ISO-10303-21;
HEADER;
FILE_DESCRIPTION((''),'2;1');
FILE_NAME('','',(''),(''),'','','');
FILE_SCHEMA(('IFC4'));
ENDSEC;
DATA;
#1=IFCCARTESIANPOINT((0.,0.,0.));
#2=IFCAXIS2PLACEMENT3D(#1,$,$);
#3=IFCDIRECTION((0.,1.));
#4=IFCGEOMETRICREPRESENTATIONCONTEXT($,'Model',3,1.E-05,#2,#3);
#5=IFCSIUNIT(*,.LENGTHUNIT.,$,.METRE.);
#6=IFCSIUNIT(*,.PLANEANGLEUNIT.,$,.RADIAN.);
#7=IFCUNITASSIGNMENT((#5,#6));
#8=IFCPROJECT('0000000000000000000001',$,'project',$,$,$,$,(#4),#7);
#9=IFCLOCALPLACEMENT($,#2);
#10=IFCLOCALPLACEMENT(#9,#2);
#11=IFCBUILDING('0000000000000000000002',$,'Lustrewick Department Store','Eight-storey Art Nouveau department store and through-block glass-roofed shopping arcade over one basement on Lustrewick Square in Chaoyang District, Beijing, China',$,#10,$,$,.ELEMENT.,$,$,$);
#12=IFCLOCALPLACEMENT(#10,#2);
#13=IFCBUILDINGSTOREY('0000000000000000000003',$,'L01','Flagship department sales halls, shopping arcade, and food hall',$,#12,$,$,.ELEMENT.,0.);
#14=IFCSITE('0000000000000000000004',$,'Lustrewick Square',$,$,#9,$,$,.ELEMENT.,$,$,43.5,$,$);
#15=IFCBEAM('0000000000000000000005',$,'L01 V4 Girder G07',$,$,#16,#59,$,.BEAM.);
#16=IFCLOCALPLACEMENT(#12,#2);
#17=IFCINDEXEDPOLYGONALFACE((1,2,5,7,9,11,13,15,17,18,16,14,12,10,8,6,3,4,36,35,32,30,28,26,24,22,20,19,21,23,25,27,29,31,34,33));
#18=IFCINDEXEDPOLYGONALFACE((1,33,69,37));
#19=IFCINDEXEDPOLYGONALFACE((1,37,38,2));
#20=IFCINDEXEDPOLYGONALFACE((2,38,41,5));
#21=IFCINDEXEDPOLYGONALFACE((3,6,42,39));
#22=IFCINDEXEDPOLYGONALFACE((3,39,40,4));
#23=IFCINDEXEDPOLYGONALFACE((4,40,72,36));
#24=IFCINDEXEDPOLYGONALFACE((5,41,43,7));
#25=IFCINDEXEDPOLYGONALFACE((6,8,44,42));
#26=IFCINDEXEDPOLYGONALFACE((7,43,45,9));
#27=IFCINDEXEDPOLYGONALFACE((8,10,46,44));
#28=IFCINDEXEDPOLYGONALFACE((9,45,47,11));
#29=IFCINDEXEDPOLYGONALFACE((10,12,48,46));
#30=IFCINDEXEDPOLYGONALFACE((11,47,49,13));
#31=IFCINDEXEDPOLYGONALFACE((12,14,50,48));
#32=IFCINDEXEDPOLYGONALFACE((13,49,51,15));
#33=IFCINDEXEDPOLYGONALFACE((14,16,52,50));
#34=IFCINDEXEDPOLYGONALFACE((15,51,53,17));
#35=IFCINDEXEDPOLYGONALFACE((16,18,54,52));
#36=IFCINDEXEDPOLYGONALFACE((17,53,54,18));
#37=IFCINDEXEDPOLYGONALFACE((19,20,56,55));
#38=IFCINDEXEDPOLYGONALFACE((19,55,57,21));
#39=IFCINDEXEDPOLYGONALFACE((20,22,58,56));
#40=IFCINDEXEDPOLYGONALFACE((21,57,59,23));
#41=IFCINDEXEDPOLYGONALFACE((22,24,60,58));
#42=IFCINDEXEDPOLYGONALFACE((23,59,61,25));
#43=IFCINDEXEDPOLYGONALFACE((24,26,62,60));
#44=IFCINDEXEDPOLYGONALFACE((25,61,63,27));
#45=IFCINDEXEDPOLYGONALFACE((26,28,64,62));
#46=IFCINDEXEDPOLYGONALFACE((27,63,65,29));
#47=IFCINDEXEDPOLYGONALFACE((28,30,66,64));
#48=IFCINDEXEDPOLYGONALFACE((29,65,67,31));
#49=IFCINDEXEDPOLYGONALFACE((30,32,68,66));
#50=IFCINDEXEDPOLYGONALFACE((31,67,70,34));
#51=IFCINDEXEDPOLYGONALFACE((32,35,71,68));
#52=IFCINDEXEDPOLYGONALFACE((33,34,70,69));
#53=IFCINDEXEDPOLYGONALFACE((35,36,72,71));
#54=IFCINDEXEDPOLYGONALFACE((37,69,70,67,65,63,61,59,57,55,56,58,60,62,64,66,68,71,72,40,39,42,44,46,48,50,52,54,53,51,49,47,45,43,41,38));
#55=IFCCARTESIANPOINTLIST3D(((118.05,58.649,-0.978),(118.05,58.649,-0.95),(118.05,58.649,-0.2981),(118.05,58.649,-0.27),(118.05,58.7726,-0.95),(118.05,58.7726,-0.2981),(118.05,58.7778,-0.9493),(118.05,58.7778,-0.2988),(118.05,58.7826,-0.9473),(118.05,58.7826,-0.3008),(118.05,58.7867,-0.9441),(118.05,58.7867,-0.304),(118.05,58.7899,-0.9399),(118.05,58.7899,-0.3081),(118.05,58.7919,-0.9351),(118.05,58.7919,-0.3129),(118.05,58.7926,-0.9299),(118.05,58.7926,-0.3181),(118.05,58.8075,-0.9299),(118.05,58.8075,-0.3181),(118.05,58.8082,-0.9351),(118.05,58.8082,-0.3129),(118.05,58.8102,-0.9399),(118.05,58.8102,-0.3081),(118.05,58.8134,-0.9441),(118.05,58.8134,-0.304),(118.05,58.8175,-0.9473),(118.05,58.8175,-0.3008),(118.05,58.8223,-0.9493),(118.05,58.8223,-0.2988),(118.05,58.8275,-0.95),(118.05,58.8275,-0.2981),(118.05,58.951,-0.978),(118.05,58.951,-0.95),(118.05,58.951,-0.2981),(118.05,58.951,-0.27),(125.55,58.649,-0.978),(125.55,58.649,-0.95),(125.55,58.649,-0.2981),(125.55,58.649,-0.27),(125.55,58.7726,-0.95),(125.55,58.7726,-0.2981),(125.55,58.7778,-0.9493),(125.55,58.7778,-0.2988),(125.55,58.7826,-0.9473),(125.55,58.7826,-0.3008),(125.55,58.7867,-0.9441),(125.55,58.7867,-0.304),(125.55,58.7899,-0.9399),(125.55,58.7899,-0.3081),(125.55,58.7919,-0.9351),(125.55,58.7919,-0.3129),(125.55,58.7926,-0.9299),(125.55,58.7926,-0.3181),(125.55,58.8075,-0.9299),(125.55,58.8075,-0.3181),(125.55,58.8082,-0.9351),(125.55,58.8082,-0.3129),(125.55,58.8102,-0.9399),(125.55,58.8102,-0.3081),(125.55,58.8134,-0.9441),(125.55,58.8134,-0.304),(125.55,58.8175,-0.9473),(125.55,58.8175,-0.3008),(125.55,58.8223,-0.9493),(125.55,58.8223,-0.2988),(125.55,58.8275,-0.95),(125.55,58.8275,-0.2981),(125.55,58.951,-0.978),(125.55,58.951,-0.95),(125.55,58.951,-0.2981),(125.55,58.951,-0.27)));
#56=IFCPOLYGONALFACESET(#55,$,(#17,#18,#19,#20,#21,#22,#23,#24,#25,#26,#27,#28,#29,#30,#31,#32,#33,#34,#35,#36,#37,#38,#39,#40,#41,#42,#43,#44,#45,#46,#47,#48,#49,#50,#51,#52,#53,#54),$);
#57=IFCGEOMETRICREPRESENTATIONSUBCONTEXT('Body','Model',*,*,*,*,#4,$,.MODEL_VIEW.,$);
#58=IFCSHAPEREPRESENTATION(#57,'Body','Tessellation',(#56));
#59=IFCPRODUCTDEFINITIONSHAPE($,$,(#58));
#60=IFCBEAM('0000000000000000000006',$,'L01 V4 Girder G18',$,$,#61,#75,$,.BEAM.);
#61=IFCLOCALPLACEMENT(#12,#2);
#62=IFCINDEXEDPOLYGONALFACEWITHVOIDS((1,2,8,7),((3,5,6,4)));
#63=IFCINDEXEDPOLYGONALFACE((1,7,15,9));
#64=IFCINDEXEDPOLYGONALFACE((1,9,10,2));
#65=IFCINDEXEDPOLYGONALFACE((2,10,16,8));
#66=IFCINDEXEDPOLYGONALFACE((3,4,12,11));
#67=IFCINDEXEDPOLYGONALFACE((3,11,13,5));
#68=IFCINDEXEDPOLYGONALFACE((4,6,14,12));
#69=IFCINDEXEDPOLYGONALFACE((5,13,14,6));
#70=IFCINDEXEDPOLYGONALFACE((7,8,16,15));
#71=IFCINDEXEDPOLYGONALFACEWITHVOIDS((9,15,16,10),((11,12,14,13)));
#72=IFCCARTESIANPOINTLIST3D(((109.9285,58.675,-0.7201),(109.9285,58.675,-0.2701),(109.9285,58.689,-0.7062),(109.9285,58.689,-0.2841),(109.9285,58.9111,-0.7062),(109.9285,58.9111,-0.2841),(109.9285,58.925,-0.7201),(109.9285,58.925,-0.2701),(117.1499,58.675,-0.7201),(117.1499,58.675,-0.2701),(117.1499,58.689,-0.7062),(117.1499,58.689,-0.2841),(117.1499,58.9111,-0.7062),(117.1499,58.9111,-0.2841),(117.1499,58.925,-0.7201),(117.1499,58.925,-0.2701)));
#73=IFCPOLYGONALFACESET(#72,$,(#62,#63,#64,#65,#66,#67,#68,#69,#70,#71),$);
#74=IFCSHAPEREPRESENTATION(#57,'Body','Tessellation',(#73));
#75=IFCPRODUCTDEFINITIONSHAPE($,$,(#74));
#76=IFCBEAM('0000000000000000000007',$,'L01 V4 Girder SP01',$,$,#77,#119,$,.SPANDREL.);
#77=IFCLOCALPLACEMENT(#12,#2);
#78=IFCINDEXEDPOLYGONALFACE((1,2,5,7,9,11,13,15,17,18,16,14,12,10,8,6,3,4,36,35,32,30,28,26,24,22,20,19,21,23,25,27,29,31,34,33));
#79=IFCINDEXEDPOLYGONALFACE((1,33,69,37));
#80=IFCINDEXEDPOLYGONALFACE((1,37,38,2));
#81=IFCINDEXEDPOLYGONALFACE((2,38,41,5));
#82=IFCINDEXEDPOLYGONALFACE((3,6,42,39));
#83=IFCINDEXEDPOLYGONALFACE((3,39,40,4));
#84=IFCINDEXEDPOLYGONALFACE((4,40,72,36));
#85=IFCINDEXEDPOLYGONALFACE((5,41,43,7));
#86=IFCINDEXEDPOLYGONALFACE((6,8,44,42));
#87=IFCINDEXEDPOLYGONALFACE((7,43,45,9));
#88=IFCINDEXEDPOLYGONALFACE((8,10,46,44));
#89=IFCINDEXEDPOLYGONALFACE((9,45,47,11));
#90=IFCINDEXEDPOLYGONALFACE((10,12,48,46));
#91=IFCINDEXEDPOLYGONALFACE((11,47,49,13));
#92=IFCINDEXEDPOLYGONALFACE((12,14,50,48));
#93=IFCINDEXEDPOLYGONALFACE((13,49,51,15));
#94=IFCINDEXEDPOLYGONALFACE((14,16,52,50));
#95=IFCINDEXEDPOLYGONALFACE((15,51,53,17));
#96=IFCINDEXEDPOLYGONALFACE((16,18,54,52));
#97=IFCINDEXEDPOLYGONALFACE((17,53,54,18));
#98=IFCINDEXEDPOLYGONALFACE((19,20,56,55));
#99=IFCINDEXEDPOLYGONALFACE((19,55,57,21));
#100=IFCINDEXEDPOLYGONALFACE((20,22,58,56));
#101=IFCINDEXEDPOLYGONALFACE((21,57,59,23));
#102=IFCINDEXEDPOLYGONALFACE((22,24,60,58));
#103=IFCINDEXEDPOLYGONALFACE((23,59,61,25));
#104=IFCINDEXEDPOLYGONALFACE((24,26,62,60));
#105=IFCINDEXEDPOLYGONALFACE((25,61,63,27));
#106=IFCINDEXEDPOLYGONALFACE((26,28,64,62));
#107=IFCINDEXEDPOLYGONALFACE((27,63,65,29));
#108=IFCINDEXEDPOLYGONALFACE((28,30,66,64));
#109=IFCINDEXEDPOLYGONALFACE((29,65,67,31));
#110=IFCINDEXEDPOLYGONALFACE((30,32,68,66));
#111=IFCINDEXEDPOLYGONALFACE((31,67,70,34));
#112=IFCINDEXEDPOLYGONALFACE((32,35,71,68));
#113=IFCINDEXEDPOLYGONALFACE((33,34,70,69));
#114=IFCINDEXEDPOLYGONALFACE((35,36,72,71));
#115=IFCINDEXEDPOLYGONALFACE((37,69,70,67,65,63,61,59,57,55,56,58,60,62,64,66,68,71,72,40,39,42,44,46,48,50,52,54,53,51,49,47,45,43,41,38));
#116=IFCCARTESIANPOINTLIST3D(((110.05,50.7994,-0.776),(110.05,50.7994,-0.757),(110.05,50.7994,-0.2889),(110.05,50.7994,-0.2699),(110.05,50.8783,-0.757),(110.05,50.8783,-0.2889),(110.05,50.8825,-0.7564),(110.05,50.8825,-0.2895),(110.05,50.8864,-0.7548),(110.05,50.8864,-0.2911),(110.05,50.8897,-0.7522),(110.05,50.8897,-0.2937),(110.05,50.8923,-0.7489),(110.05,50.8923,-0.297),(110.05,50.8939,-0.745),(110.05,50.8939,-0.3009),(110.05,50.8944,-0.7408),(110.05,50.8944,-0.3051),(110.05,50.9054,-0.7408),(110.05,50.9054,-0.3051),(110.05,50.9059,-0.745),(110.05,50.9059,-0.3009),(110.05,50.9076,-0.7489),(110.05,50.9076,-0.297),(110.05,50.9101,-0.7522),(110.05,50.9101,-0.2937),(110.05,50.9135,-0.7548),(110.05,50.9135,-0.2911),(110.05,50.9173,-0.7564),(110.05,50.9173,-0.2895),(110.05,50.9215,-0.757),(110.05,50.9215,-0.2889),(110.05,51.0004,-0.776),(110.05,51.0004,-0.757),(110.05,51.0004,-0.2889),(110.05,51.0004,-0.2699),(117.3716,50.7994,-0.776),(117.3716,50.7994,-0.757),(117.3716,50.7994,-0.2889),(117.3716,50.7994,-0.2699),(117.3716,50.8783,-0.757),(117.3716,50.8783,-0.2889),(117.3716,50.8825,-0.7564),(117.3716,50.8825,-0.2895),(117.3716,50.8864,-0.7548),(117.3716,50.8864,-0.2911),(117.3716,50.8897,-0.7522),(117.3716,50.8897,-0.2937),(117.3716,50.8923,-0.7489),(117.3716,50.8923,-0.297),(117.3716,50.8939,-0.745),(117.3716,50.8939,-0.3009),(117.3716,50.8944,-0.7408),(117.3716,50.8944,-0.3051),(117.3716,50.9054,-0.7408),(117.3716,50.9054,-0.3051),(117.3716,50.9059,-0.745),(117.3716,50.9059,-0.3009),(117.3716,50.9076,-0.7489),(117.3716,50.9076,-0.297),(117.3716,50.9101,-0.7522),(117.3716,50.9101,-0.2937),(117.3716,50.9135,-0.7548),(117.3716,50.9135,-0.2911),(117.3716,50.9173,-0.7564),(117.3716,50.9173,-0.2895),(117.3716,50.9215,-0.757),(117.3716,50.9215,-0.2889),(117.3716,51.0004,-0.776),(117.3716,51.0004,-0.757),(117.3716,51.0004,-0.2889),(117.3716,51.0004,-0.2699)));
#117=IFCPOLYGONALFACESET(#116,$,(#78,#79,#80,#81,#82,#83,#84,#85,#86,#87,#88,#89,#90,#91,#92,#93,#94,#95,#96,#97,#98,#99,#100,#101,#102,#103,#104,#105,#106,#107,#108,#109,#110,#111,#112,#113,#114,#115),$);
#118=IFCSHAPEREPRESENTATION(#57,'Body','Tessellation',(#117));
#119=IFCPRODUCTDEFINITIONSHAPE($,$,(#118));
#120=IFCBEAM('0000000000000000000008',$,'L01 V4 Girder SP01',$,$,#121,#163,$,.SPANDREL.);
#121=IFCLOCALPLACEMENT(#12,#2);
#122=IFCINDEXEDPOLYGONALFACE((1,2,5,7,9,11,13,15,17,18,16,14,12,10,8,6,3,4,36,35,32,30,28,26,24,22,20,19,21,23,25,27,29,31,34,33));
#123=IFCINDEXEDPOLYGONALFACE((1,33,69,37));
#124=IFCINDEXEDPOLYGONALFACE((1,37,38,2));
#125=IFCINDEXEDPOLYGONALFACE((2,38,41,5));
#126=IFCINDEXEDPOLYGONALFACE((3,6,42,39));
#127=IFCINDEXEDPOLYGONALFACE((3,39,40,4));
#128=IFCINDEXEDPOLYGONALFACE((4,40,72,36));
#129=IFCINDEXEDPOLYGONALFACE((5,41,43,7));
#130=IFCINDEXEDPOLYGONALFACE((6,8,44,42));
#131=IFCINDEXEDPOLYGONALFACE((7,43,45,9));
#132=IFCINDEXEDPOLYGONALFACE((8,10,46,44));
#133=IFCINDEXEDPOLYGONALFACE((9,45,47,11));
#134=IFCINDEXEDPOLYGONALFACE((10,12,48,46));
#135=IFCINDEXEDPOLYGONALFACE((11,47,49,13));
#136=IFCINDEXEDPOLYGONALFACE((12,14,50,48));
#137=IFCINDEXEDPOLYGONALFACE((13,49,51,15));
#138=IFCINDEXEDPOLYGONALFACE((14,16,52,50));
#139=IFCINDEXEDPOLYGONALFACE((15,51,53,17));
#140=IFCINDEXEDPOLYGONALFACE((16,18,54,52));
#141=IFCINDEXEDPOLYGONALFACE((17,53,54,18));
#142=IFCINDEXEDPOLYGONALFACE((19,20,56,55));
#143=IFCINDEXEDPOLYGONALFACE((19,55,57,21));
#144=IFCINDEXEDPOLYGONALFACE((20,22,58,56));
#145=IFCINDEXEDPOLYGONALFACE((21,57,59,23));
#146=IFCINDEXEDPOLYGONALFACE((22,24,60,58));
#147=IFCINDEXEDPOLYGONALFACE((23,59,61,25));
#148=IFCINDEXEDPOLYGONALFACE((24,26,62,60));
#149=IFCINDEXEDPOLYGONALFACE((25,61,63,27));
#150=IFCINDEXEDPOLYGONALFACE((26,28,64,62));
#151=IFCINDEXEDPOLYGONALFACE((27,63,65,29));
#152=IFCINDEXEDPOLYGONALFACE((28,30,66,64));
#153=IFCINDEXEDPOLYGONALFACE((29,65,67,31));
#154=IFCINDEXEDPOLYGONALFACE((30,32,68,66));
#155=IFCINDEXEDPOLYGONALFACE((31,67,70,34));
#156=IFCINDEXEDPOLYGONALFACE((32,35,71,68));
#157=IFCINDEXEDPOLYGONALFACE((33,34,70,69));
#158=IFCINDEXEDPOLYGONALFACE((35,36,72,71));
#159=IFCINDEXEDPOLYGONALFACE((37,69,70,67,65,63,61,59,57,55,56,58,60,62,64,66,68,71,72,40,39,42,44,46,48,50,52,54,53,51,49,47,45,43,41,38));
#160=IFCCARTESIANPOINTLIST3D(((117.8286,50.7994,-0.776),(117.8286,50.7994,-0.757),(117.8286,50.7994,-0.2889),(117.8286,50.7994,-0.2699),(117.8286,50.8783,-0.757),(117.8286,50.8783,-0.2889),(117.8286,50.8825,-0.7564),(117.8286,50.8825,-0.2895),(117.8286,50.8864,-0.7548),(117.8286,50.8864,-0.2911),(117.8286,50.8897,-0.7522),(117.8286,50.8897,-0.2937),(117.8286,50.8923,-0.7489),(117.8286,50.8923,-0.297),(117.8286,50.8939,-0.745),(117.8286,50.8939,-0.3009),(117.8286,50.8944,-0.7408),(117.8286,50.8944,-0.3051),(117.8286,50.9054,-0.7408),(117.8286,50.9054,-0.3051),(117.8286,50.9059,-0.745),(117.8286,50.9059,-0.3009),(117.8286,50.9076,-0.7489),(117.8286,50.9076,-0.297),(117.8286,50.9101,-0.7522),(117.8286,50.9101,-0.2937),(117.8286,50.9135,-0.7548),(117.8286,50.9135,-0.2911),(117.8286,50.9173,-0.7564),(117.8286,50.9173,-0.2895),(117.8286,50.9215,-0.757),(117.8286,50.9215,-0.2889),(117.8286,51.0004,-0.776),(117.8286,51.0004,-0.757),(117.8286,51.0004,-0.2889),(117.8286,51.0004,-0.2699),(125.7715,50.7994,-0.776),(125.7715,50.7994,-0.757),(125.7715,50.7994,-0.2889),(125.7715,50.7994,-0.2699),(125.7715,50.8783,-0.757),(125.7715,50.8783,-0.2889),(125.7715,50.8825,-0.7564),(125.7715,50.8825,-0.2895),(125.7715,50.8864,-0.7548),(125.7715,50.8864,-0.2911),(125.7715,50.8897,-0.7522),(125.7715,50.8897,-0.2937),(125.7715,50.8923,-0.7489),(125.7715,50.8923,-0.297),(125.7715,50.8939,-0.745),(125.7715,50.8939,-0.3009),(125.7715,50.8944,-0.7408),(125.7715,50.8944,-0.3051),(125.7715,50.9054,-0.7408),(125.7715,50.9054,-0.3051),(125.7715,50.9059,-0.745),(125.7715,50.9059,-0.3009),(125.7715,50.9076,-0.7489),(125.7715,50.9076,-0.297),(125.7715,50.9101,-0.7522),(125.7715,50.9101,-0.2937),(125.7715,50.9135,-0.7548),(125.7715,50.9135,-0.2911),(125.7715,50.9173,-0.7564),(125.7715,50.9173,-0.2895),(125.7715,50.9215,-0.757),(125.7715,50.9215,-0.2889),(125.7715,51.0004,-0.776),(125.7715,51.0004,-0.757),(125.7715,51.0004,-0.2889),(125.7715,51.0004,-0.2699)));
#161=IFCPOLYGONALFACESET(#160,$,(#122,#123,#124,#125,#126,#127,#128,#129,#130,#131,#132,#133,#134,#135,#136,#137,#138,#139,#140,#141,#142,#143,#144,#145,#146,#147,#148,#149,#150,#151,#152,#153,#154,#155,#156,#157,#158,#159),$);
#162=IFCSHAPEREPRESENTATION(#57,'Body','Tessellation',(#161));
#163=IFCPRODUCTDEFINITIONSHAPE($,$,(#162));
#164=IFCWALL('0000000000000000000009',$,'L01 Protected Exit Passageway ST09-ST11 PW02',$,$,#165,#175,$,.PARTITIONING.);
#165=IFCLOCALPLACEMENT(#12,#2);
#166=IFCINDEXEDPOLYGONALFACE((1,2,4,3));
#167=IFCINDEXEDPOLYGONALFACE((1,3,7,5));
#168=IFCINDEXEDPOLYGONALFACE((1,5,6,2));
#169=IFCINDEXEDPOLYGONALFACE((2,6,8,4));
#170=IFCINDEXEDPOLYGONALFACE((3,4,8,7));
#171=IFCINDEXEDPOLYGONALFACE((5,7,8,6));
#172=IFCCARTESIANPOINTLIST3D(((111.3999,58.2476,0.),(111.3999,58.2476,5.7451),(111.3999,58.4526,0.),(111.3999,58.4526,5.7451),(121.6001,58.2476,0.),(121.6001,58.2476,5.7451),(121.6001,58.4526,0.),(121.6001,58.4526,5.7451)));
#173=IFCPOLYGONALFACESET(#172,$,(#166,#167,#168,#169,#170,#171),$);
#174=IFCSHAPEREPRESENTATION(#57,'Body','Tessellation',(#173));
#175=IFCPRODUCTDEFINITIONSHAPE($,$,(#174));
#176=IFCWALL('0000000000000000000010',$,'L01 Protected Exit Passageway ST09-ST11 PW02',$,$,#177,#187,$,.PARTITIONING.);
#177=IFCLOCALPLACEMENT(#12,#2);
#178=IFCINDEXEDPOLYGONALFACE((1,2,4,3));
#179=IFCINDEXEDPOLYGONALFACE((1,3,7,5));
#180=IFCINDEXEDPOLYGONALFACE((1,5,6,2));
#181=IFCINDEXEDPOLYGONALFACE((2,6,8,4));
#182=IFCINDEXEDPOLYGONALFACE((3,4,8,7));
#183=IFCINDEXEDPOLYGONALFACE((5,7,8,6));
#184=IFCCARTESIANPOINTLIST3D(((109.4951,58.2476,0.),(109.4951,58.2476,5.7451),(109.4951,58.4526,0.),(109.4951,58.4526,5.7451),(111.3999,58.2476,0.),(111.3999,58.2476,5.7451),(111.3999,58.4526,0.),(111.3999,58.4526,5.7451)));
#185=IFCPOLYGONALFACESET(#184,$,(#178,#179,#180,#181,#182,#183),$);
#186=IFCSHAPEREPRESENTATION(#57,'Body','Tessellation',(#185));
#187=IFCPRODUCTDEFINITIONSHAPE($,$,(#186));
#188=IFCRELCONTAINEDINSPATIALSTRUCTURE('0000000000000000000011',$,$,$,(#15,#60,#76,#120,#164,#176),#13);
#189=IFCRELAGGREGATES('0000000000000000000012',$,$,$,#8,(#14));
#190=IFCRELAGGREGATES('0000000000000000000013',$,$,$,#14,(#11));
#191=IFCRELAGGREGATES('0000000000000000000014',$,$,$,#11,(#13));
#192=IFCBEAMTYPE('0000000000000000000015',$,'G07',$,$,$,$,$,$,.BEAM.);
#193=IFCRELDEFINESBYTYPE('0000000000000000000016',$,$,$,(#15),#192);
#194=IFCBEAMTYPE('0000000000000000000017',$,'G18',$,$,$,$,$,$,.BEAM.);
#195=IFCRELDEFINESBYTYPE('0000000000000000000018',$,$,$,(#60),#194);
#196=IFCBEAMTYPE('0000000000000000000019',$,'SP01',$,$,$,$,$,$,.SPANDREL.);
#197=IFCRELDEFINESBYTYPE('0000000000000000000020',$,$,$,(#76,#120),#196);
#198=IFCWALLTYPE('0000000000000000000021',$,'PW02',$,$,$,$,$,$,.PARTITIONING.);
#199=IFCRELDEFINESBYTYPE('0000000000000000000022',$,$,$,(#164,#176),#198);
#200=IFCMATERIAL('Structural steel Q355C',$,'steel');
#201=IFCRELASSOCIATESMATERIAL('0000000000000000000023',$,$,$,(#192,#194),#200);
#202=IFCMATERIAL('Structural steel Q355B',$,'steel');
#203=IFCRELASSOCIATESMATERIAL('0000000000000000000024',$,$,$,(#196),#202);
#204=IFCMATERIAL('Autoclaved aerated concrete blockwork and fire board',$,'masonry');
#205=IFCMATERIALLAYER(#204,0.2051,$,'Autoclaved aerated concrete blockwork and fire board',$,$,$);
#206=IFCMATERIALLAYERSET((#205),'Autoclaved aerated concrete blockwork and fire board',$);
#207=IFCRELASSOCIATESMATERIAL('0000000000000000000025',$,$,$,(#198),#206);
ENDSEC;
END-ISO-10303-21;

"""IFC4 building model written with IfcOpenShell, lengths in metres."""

from ifc_helpers import new_model, si_unit, direction, frame, frame_2d, origin, origin_2d, place, context, subcontext, project, spatial, rectangle, hollow_rectangle, i_section, extrude, material, layer, layer_set, material_profile, profile_set, type_object, element, save


model = new_model("IFC4")

# Units and contexts
model_context = context("Model", 3, precision=1e-05, world=origin(), true_north=direction((0.0, 1.0)))
body_context = subcontext(model_context, "Body", "Model", "MODEL_VIEW")
ifc_project = project(units=[si_unit("LENGTHUNIT", "METRE"), si_unit("PLANEANGLEUNIT", "RADIAN")], contexts=[model_context])

# Site, building, storey
site_placement = place(None, origin())
site = spatial("IfcSite", under=ifc_project, at=site_placement, Name="Lustrewick Square", CompositionType="ELEMENT", RefElevation=43.5)
building_placement = place(site_placement, origin())
building = spatial("IfcBuilding", under=site, at=building_placement, Name="Lustrewick Department Store", Description="Eight-storey Art Nouveau department store and through-block glass-roofed shopping arcade over one basement on Lustrewick Square in Chaoyang District, Beijing, China", CompositionType="ELEMENT")
storey_placement = place(building_placement, origin())
storey = spatial("IfcBuildingStorey", under=building, at=storey_placement, Name="L01", Description="Flagship department sales halls, shopping arcade, and food hall", CompositionType="ELEMENT", Elevation=0.0)

# Shared definitions
ifc_material_1 = material(Name="Structural steel Q355C", Category="steel")

# Shared definitions
ifc_material_2 = material(Name="Structural steel Q355B", Category="steel")

# Beams
ifc_material_profile_1 = material_profile(ifc_material_1, i_section(OverallWidth=0.302, OverallDepth=0.708, WebThickness=0.0149, FlangeThickness=0.0281, FilletRadius=0.02, at=origin_2d()), Name="HN 708x302x15x28")
ifc_profile_set_1 = profile_set([ifc_material_profile_1], Name="Structural steel Q355C")
beam_type_1 = type_object("IfcBeamType", Name="G07", PredefinedType="BEAM", material=ifc_profile_set_1)
beam_1_placement = place(storey_placement, frame((118.05, 58.8, -0.624), z_axis=(1.0, 0.0, 0.0), x_axis=(0.0, 1.0, 0.0)))
element("IfcBeam", 1, at=beam_1_placement, inside=storey, type_object=beam_type_1, Name="L01 V4 Girder G07", PredefinedType="BEAM", context=body_context, shape_type="SweptSolid", body=[
    extrude(i_section(OverallWidth=0.302, OverallDepth=0.708, WebThickness=0.0149, FlangeThickness=0.0281, FilletRadius=0.02, at=origin_2d()), origin(), (0.0, 0.0, 1.0), 7.5),
])
ifc_material_profile_2 = material_profile(ifc_material_1, hollow_rectangle(XDim=0.25, YDim=0.45, WallThickness=0.0139, at=origin_2d()), Name="RHS 450x250x14")
ifc_profile_set_2 = profile_set([ifc_material_profile_2], Name="Structural steel Q355C")
beam_type_2 = type_object("IfcBeamType", Name="G18", PredefinedType="BEAM", material=ifc_profile_set_2)
beam_2_placement = place(storey_placement, frame((109.9285, 58.8, -0.4951), z_axis=(1.0, 0.0, 0.0), x_axis=(0.0, 1.0, 0.0)))
element("IfcBeam", 2, at=beam_2_placement, inside=storey, type_object=beam_type_2, Name="L01 V4 Girder G18", PredefinedType="BEAM", context=body_context, shape_type="SweptSolid", body=[
    extrude(hollow_rectangle(XDim=0.25, YDim=0.45, WallThickness=0.0139, at=origin_2d()), origin(), (0.0, 0.0, 1.0), 7.2214),
])
ifc_material_profile_3 = material_profile(ifc_material_2, i_section(OverallWidth=0.2009, OverallDepth=0.5061, WebThickness=0.011, FlangeThickness=0.019, FilletRadius=0.0161, at=origin_2d()), Name="HN 506x201x11x19")
ifc_profile_set_3 = profile_set([ifc_material_profile_3], Name="Structural steel Q355B")
beam_type_3 = type_object("IfcBeamType", Name="SP01", PredefinedType="SPANDREL", material=ifc_profile_set_3)
beam_3_placement = place(storey_placement, frame((110.05, 50.8999, -0.5229), z_axis=(1.0, 0.0, 0.0), x_axis=(0.0, 1.0, 0.0)))
element("IfcBeam", 3, at=beam_3_placement, inside=storey, type_object=beam_type_3, Name="L01 V4 Girder SP01", PredefinedType="SPANDREL", context=body_context, shape_type="SweptSolid", body=[
    extrude(i_section(OverallWidth=0.2009, OverallDepth=0.5061, WebThickness=0.011, FlangeThickness=0.019, FilletRadius=0.0161, at=origin_2d()), origin(), (0.0, 0.0, 1.0), 7.3215),
])
beam_4_placement = place(storey_placement, frame((117.8286, 50.8999, -0.5229), z_axis=(1.0, 0.0, 0.0), x_axis=(0.0, 1.0, 0.0)))
element("IfcBeam", 4, at=beam_4_placement, inside=storey, type_object=beam_type_3, Name="L01 V4 Girder SP01", PredefinedType="SPANDREL", context=body_context, shape_type="SweptSolid", body=[
    extrude(i_section(OverallWidth=0.2009, OverallDepth=0.5061, WebThickness=0.011, FlangeThickness=0.019, FilletRadius=0.0161, at=origin_2d()), origin(), (0.0, 0.0, 1.0), 7.9429),
])

# Walls
ifc_material_3 = material(Name="Autoclaved aerated concrete blockwork and fire board", Category="masonry")
ifc_layer_1 = layer(ifc_material_3, 0.2051, Name="Autoclaved aerated concrete blockwork and fire board")
ifc_layer_set_1 = layer_set([ifc_layer_1], Name="Autoclaved aerated concrete blockwork and fire board")
wall_type_1 = type_object("IfcWallType", Name="PW02", PredefinedType="PARTITIONING", material=ifc_layer_set_1)
wall_1_placement = place(storey_placement, frame((121.6001, 58.3501, 0.0), z_axis=(0.0, 0.0, 1.0), x_axis=(-1.0, 0.0, 0.0)))
element("IfcWall", 5, at=wall_1_placement, inside=storey, type_object=wall_type_1, Name="L01 Protected Exit Passageway ST09-ST11 PW02", PredefinedType="PARTITIONING", context=body_context, shape_type="SweptSolid", body=[
    extrude(rectangle(XDim=10.2002, YDim=0.2051, at=frame_2d((5.1001, 0.0))), origin(), (0.0, 0.0, 1.0), 5.7451),
])
wall_2_placement = place(storey_placement, frame((111.3999, 58.3501, 0.0), z_axis=(0.0, 0.0, 1.0), x_axis=(-1.0, 0.0, 0.0)))
element("IfcWall", 6, at=wall_2_placement, inside=storey, type_object=wall_type_1, Name="L01 Protected Exit Passageway ST09-ST11 PW02", PredefinedType="PARTITIONING", context=body_context, shape_type="SweptSolid", body=[
    extrude(rectangle(XDim=1.9048, YDim=0.2051, at=frame_2d((0.9524, 0.0))), origin(), (0.0, 0.0, 1.0), 5.7451),
])

save(model, "model.ifc")
